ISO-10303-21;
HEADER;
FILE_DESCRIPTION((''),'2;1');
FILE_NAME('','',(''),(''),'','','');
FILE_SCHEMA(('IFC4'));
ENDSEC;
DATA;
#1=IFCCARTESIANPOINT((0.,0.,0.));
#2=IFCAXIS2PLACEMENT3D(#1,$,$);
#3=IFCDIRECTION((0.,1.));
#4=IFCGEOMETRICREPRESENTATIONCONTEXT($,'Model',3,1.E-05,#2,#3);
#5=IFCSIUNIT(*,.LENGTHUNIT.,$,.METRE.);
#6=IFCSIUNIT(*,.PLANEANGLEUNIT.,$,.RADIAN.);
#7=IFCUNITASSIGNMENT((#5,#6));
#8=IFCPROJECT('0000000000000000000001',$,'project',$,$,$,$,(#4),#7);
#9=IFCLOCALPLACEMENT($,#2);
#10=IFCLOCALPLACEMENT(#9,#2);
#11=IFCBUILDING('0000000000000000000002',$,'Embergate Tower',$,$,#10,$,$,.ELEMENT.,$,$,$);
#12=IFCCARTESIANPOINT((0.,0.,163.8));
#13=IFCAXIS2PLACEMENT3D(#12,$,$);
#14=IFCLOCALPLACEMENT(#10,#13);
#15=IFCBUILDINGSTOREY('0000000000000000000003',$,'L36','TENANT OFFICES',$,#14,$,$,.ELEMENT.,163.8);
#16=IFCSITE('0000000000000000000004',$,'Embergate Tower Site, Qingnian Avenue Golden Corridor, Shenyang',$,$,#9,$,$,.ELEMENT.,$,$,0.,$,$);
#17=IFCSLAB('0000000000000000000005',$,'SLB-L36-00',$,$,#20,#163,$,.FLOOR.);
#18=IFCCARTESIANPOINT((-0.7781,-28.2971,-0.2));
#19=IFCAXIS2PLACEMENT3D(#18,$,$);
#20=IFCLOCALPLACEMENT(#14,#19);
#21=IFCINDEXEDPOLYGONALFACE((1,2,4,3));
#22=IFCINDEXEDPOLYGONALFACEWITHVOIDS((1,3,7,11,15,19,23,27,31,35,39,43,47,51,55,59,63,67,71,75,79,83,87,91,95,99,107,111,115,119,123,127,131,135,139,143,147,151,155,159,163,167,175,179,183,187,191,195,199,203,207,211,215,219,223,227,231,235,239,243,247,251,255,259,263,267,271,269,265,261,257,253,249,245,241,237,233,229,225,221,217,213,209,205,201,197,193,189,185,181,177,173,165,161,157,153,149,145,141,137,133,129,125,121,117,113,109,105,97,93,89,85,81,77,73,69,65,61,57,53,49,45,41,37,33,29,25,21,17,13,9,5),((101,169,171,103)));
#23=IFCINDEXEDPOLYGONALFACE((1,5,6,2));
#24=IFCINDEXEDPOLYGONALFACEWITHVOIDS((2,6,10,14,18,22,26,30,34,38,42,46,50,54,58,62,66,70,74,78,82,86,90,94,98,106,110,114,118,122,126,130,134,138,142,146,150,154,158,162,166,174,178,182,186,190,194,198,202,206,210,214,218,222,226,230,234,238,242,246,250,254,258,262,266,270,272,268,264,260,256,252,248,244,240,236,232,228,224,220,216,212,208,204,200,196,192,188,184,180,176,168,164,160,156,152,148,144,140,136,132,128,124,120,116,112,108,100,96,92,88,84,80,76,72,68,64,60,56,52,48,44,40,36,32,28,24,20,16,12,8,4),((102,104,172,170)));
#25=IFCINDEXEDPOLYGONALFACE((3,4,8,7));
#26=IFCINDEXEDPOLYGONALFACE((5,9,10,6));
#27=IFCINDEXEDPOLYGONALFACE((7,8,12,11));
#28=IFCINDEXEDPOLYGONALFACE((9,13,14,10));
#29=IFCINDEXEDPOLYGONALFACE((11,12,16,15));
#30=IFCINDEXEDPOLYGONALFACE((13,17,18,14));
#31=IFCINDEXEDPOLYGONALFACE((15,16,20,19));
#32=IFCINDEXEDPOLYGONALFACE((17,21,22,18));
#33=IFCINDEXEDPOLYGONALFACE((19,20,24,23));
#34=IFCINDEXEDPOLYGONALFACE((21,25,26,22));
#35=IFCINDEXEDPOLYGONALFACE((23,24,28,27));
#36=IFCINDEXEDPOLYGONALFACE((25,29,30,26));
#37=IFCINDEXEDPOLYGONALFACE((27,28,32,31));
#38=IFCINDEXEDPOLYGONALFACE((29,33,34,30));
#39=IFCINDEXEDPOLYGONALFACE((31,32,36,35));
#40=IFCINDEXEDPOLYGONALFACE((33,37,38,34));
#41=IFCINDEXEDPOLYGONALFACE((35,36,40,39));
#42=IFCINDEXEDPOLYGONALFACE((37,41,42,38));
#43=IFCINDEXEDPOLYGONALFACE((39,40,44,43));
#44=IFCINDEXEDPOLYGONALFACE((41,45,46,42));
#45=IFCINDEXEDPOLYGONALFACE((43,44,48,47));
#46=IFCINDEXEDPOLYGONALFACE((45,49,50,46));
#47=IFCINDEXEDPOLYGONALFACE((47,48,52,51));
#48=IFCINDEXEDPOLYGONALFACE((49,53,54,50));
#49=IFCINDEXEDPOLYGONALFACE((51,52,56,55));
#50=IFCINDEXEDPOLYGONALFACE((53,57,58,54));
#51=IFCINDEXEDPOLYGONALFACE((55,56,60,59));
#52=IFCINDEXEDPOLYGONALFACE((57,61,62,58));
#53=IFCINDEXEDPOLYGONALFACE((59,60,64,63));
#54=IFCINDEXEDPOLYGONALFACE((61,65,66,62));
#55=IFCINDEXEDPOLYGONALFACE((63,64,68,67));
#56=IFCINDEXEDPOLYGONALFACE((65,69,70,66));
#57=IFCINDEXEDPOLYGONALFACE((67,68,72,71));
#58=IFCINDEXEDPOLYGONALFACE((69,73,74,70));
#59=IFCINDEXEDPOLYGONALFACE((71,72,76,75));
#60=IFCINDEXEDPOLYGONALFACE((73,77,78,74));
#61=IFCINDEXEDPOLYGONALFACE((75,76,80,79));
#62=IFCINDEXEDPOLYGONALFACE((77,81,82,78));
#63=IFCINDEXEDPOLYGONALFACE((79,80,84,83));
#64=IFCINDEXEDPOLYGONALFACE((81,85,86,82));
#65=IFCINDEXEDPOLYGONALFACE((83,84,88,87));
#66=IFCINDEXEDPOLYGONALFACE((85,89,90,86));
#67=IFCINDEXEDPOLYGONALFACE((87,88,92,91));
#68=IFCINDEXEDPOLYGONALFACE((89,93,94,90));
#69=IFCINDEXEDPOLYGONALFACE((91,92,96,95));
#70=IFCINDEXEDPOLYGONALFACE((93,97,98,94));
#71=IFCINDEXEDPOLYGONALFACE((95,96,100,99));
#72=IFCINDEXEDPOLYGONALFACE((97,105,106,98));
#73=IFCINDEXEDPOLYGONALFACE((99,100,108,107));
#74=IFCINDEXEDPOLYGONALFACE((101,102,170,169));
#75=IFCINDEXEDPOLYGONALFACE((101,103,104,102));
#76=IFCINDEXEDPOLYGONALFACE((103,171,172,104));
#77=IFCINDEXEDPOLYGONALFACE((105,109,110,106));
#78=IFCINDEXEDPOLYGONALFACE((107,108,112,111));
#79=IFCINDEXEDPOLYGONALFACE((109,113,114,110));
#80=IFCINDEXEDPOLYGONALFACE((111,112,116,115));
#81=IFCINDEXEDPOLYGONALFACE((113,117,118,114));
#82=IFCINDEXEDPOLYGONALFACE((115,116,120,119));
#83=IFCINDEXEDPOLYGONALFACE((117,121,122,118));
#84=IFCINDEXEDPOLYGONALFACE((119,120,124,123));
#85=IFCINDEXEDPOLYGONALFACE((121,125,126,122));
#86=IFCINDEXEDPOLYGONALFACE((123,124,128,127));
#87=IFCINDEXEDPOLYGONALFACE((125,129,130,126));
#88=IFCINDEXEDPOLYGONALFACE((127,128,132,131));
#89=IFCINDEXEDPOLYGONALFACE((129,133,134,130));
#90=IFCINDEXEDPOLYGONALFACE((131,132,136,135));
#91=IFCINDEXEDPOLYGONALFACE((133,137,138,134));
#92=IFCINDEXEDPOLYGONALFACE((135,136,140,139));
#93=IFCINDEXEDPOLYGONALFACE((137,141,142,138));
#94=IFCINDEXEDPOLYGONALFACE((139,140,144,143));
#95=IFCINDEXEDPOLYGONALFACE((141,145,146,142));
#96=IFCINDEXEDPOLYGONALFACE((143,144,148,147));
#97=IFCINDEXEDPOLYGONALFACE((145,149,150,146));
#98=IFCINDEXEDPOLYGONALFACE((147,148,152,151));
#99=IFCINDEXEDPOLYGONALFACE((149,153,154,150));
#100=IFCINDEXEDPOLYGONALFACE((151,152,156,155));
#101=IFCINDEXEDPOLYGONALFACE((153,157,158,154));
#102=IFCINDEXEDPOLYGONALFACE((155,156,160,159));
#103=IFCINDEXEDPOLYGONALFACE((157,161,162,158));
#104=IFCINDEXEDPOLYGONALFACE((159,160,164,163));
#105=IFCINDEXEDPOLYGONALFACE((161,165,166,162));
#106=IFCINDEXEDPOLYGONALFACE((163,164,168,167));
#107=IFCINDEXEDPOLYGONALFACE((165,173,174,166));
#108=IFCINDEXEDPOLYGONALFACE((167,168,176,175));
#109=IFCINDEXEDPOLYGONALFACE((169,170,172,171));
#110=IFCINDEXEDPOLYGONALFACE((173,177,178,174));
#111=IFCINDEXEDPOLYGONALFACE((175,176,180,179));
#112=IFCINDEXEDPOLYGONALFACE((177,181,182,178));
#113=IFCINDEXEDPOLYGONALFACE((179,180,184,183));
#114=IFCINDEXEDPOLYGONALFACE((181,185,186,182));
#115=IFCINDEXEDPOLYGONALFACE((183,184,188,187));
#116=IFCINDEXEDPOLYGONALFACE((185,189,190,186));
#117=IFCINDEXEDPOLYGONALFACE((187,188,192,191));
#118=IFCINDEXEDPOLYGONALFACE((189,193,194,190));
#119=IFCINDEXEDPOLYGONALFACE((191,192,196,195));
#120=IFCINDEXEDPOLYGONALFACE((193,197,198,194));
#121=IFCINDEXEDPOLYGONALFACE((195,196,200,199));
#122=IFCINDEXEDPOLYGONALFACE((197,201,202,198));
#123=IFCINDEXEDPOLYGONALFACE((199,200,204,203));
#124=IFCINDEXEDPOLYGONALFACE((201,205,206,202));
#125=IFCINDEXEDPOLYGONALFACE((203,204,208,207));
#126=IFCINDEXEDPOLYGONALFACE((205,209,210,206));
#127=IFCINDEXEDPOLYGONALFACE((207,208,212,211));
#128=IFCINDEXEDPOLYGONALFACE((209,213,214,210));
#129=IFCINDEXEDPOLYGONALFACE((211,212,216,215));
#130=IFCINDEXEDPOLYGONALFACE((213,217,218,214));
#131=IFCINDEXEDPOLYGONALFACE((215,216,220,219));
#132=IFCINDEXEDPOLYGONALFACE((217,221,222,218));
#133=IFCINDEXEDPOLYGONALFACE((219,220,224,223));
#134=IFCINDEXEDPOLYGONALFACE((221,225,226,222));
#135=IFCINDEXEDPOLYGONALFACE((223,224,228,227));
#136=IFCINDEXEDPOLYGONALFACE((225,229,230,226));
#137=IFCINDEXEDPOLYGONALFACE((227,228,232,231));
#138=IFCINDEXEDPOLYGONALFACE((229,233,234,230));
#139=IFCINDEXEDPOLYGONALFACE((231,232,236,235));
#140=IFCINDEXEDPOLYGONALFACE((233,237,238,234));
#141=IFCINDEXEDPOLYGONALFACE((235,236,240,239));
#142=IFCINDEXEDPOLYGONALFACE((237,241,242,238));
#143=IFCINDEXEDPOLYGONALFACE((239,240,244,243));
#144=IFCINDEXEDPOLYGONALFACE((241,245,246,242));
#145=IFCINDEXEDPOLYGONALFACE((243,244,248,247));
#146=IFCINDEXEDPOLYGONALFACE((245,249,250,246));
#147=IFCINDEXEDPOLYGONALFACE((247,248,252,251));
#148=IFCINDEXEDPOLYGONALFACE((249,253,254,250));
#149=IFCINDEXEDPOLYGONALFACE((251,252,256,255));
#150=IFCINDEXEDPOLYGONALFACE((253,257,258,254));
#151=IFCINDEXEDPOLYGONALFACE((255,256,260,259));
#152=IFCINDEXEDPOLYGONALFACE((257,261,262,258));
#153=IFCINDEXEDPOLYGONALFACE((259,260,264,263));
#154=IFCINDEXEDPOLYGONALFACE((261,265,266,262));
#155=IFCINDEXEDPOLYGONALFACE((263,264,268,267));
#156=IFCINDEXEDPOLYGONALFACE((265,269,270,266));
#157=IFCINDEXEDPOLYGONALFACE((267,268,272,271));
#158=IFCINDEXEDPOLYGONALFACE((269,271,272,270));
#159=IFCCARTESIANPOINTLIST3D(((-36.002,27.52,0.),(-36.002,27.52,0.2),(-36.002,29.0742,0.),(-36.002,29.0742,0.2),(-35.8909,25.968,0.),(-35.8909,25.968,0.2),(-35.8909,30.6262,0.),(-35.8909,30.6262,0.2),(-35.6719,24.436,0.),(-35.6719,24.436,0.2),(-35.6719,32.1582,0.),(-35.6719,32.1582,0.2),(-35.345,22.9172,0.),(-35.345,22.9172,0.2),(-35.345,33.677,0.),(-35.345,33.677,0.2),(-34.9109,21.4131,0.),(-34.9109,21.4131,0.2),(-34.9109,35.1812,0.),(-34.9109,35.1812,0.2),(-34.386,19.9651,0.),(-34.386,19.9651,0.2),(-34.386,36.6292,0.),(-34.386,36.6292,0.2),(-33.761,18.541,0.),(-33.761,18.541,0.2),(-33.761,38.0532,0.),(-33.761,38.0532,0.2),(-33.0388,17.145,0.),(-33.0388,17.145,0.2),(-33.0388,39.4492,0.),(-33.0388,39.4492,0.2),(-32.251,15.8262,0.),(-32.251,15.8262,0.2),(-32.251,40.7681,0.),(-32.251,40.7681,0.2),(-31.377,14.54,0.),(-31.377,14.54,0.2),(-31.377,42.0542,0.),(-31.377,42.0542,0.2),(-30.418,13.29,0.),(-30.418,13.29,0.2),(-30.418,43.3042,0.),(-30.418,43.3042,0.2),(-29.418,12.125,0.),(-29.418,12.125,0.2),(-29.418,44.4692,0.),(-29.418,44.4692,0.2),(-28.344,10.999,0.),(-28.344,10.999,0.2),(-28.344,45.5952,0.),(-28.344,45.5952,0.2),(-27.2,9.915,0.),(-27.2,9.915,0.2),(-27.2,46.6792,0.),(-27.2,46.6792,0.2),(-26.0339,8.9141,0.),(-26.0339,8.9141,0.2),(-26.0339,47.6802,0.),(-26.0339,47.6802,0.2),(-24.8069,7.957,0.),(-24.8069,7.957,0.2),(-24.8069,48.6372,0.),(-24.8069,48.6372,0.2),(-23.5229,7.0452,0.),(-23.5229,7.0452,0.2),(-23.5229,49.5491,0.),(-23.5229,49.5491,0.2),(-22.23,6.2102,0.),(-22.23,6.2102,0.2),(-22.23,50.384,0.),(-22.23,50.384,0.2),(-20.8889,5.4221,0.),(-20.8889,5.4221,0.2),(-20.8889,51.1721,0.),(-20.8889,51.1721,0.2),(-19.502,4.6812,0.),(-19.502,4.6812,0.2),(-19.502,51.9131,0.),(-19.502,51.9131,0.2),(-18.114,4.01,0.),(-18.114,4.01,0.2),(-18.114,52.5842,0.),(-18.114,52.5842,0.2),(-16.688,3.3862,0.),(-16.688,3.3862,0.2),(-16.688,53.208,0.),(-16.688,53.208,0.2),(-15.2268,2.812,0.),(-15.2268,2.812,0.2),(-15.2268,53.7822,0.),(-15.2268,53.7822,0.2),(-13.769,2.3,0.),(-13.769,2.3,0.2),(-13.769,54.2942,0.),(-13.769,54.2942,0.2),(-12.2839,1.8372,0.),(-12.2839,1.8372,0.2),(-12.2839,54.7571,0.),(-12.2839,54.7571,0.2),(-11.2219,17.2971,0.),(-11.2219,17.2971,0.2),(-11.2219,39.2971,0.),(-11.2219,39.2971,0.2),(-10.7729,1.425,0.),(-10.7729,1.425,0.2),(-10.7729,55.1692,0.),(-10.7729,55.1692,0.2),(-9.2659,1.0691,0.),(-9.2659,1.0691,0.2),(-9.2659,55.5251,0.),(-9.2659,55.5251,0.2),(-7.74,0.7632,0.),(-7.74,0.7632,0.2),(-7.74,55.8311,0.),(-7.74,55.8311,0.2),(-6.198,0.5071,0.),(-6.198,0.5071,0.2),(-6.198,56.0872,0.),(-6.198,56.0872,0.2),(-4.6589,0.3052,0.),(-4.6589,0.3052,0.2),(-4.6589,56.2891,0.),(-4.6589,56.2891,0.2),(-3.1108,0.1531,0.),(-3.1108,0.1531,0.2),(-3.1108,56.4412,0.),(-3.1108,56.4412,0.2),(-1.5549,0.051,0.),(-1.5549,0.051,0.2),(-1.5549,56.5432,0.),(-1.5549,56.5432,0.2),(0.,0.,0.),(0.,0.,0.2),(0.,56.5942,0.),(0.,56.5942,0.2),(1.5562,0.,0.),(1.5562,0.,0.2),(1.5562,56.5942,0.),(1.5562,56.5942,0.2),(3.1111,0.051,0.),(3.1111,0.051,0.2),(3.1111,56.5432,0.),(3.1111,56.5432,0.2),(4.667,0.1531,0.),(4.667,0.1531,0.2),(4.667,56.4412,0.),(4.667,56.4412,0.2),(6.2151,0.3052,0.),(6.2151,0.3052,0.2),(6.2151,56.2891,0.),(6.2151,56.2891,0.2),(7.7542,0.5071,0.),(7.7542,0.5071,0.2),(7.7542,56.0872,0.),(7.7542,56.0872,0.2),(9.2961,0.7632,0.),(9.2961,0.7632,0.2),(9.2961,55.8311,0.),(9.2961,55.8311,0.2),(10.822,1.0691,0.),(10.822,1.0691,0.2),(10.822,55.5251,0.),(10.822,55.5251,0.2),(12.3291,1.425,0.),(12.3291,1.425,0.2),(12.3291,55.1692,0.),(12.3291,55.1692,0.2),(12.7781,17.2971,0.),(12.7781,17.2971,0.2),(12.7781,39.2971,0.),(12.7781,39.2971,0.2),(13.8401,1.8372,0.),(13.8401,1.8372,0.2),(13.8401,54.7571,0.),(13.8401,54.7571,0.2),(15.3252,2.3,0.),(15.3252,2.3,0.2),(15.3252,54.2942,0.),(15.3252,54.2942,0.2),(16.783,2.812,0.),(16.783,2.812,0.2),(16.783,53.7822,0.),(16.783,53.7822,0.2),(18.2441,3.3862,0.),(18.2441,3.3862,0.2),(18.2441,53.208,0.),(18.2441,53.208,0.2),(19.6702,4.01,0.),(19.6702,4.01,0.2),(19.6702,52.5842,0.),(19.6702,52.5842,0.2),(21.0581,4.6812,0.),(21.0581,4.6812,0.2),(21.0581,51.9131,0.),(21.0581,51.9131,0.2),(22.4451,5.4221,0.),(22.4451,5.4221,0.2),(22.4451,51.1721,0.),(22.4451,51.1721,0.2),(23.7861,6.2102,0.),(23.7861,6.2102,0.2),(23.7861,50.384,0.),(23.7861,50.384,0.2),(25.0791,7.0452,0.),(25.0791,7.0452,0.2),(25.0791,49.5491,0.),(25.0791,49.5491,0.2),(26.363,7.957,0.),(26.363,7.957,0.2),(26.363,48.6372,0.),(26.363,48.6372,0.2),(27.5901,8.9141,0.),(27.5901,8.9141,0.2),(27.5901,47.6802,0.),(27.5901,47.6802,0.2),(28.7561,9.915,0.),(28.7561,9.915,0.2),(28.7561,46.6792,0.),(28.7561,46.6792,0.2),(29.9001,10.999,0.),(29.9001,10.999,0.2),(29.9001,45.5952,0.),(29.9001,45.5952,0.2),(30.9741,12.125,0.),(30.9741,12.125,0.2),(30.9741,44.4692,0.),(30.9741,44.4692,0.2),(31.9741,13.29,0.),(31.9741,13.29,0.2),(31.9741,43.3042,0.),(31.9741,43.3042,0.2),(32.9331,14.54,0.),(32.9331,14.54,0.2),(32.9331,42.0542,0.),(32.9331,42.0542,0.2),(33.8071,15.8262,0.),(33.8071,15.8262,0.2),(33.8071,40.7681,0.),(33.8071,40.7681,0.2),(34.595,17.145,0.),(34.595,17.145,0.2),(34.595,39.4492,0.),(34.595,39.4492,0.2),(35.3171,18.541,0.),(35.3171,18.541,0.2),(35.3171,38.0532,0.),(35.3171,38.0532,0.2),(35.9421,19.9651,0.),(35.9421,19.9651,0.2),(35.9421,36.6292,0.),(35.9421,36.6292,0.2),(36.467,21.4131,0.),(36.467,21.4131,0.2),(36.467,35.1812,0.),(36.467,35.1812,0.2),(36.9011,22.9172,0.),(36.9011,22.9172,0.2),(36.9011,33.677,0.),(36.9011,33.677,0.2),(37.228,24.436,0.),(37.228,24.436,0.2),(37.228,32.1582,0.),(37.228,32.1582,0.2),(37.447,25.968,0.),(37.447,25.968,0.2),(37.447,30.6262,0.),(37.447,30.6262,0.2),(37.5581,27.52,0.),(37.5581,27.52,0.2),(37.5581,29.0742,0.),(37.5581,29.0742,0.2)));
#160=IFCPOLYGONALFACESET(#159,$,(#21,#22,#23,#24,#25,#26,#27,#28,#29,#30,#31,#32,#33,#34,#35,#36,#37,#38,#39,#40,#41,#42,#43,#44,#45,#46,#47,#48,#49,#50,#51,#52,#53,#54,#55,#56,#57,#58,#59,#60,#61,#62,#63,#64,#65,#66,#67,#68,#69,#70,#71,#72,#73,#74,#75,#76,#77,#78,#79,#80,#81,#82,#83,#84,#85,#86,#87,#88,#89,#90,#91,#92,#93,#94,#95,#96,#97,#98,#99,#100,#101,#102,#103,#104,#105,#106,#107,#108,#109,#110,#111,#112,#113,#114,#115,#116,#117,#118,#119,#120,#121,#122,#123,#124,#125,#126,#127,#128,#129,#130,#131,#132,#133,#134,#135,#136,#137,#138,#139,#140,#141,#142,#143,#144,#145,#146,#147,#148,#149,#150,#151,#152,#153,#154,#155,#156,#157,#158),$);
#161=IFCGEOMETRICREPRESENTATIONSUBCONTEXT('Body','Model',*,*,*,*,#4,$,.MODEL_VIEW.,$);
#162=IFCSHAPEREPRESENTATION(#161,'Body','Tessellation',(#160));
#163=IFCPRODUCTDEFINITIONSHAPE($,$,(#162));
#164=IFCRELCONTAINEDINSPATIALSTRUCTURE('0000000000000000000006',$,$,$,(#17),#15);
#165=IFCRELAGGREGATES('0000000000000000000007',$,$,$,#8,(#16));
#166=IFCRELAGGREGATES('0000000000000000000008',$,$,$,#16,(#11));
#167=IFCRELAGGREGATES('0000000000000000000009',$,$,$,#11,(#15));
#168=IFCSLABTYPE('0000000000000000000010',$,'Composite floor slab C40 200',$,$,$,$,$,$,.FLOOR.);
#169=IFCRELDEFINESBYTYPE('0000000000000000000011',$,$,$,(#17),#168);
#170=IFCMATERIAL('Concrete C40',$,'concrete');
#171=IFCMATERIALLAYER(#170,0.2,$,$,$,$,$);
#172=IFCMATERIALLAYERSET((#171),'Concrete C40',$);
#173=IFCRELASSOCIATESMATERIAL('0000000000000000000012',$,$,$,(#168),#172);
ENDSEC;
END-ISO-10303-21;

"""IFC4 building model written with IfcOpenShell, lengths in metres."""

from ifc_helpers import new_model, si_unit, direction, frame, origin, place, context, subcontext, project, spatial, polyline, outline, extrude, source, transform, mapped, material, layer, layer_set, type_object, element, save


model = new_model("IFC4")

# Units and contexts
model_context = context("Model", 3, precision=1e-05, world=origin(), true_north=direction((0.0, 1.0)))
body_context = subcontext(model_context, "Body", "Model", "MODEL_VIEW")
ifc_project = project(units=[si_unit("LENGTHUNIT", "METRE"), si_unit("PLANEANGLEUNIT", "RADIAN")], contexts=[model_context])

# Site, building, storey
site_placement = place(None, origin())
site = spatial("IfcSite", under=ifc_project, at=site_placement, Name="Embergate Tower Site, Qingnian Avenue Golden Corridor, Shenyang", CompositionType="ELEMENT", RefElevation=0.0)
building_placement = place(site_placement, origin())
building = spatial("IfcBuilding", under=site, at=building_placement, Name="Embergate Tower", CompositionType="ELEMENT")
storey_placement = place(building_placement, frame((0.0, 0.0, 163.8)))
storey = spatial("IfcBuildingStorey", under=building, at=storey_placement, Name="L36", Description="TENANT OFFICES", CompositionType="ELEMENT", Elevation=163.8)

# Slab
ifc_material_1 = material(Name="Concrete C40", Category="concrete")
ifc_layer_1 = layer(ifc_material_1, 0.2)
ifc_layer_set_1 = layer_set([ifc_layer_1], Name="Concrete C40")
slab_type = type_object("IfcSlabType", Name="Composite floor slab C40 200", PredefinedType="FLOOR", material=ifc_layer_set_1)
shared_shape_1 = source(origin(), body_context, "Body", "SweptSolid", [
    extrude(outline(polyline([(0.0, 0.0), (1.5562, 0.0), (3.1111, 0.051), (4.667, 0.1531), (6.2151, 0.3052), (7.7542, 0.5071), (9.2961, 0.7632), (10.822, 1.0691), (12.3291, 1.425), (13.8401, 1.8372), (15.3252, 2.3), (16.783, 2.812), (18.2441, 3.3862), (19.6702, 4.01), (21.0581, 4.6812), (22.4451, 5.4221), (23.7861, 6.2102), (25.0791, 7.0452), (26.363, 7.957), (27.5901, 8.9141), (28.7561, 9.915), (29.9001, 10.999), (30.9741, 12.125), (31.9741, 13.29), (32.9331, 14.54), (33.8071, 15.8262), (34.595, 17.145), (35.3171, 18.541), (35.9421, 19.9651), (36.467, 21.4131), (36.9011, 22.9172), (37.228, 24.436), (37.447, 25.968), (37.5581, 27.52), (37.5581, 29.0742), (37.447, 30.6262), (37.228, 32.1582), (36.9011, 33.677), (36.467, 35.1812), (35.9421, 36.6292), (35.3171, 38.0532), (34.595, 39.4492), (33.8071, 40.7681), (32.9331, 42.0542), (31.9741, 43.3042), (30.9741, 44.4692), (29.9001, 45.5952), (28.7561, 46.6792), (27.5901, 47.6802), (26.363, 48.6372), (25.0791, 49.5491), (23.7861, 50.384), (22.4451, 51.1721), (21.0581, 51.9131), (19.6702, 52.5842), (18.2441, 53.208), (16.783, 53.7822), (15.3252, 54.2942), (13.8401, 54.7571), (12.3291, 55.1692), (10.822, 55.5251), (9.2961, 55.8311), (7.7542, 56.0872), (6.2151, 56.2891), (4.667, 56.4412), (3.1111, 56.5432), (1.5562, 56.5942), (0.0, 56.5942), (-1.5549, 56.5432), (-3.1108, 56.4412), (-4.6589, 56.2891), (-6.198, 56.0872), (-7.74, 55.8311), (-9.2659, 55.5251), (-10.7729, 55.1692), (-12.2839, 54.7571), (-13.769, 54.2942), (-15.2268, 53.7822), (-16.688, 53.208), (-18.114, 52.5842), (-19.502, 51.9131), (-20.8889, 51.1721), (-22.23, 50.384), (-23.5229, 49.5491), (-24.8069, 48.6372), (-26.0339, 47.6802), (-27.2, 46.6792), (-28.344, 45.5952), (-29.418, 44.4692), (-30.418, 43.3042), (-31.377, 42.0542), (-32.251, 40.7681), (-33.0388, 39.4492), (-33.761, 38.0532), (-34.386, 36.6292), (-34.9109, 35.1812), (-35.345, 33.677), (-35.6719, 32.1582), (-35.8909, 30.6262), (-36.002, 29.0742), (-36.002, 27.52), (-35.8909, 25.968), (-35.6719, 24.436), (-35.345, 22.9172), (-34.9109, 21.4131), (-34.386, 19.9651), (-33.761, 18.541), (-33.0388, 17.145), (-32.251, 15.8262), (-31.377, 14.54), (-30.418, 13.29), (-29.418, 12.125), (-28.344, 10.999), (-27.2, 9.915), (-26.0339, 8.9141), (-24.8069, 7.957), (-23.5229, 7.0452), (-22.23, 6.2102), (-20.8889, 5.4221), (-19.502, 4.6812), (-18.114, 4.01), (-16.688, 3.3862), (-15.2268, 2.812), (-13.769, 2.3), (-12.2839, 1.8372), (-10.7729, 1.425), (-9.2659, 1.0691), (-7.74, 0.7632), (-6.198, 0.5071), (-4.6589, 0.3052), (-3.1108, 0.1531), (-1.5549, 0.051), (0.0, 0.0)]), holes=[polyline([(-11.2219, 17.2971), (-11.2219, 39.2971), (12.7781, 39.2971), (12.7781, 17.2971), (-11.2219, 17.2971)])]), origin(), (0.0, 0.0, 1.0), 0.2),
])
slab_placement = place(storey_placement, frame((-0.7781, -28.2971, -0.2)))
element("IfcSlab", 1, at=slab_placement, inside=storey, type_object=slab_type, Name="SLB-L36-00", PredefinedType="FLOOR", context=body_context, shape_type="MappedRepresentation", body=[
    mapped(shared_shape_1, transform((0.0, 0.0, 0.0))),
])

save(model, "model.ifc")
